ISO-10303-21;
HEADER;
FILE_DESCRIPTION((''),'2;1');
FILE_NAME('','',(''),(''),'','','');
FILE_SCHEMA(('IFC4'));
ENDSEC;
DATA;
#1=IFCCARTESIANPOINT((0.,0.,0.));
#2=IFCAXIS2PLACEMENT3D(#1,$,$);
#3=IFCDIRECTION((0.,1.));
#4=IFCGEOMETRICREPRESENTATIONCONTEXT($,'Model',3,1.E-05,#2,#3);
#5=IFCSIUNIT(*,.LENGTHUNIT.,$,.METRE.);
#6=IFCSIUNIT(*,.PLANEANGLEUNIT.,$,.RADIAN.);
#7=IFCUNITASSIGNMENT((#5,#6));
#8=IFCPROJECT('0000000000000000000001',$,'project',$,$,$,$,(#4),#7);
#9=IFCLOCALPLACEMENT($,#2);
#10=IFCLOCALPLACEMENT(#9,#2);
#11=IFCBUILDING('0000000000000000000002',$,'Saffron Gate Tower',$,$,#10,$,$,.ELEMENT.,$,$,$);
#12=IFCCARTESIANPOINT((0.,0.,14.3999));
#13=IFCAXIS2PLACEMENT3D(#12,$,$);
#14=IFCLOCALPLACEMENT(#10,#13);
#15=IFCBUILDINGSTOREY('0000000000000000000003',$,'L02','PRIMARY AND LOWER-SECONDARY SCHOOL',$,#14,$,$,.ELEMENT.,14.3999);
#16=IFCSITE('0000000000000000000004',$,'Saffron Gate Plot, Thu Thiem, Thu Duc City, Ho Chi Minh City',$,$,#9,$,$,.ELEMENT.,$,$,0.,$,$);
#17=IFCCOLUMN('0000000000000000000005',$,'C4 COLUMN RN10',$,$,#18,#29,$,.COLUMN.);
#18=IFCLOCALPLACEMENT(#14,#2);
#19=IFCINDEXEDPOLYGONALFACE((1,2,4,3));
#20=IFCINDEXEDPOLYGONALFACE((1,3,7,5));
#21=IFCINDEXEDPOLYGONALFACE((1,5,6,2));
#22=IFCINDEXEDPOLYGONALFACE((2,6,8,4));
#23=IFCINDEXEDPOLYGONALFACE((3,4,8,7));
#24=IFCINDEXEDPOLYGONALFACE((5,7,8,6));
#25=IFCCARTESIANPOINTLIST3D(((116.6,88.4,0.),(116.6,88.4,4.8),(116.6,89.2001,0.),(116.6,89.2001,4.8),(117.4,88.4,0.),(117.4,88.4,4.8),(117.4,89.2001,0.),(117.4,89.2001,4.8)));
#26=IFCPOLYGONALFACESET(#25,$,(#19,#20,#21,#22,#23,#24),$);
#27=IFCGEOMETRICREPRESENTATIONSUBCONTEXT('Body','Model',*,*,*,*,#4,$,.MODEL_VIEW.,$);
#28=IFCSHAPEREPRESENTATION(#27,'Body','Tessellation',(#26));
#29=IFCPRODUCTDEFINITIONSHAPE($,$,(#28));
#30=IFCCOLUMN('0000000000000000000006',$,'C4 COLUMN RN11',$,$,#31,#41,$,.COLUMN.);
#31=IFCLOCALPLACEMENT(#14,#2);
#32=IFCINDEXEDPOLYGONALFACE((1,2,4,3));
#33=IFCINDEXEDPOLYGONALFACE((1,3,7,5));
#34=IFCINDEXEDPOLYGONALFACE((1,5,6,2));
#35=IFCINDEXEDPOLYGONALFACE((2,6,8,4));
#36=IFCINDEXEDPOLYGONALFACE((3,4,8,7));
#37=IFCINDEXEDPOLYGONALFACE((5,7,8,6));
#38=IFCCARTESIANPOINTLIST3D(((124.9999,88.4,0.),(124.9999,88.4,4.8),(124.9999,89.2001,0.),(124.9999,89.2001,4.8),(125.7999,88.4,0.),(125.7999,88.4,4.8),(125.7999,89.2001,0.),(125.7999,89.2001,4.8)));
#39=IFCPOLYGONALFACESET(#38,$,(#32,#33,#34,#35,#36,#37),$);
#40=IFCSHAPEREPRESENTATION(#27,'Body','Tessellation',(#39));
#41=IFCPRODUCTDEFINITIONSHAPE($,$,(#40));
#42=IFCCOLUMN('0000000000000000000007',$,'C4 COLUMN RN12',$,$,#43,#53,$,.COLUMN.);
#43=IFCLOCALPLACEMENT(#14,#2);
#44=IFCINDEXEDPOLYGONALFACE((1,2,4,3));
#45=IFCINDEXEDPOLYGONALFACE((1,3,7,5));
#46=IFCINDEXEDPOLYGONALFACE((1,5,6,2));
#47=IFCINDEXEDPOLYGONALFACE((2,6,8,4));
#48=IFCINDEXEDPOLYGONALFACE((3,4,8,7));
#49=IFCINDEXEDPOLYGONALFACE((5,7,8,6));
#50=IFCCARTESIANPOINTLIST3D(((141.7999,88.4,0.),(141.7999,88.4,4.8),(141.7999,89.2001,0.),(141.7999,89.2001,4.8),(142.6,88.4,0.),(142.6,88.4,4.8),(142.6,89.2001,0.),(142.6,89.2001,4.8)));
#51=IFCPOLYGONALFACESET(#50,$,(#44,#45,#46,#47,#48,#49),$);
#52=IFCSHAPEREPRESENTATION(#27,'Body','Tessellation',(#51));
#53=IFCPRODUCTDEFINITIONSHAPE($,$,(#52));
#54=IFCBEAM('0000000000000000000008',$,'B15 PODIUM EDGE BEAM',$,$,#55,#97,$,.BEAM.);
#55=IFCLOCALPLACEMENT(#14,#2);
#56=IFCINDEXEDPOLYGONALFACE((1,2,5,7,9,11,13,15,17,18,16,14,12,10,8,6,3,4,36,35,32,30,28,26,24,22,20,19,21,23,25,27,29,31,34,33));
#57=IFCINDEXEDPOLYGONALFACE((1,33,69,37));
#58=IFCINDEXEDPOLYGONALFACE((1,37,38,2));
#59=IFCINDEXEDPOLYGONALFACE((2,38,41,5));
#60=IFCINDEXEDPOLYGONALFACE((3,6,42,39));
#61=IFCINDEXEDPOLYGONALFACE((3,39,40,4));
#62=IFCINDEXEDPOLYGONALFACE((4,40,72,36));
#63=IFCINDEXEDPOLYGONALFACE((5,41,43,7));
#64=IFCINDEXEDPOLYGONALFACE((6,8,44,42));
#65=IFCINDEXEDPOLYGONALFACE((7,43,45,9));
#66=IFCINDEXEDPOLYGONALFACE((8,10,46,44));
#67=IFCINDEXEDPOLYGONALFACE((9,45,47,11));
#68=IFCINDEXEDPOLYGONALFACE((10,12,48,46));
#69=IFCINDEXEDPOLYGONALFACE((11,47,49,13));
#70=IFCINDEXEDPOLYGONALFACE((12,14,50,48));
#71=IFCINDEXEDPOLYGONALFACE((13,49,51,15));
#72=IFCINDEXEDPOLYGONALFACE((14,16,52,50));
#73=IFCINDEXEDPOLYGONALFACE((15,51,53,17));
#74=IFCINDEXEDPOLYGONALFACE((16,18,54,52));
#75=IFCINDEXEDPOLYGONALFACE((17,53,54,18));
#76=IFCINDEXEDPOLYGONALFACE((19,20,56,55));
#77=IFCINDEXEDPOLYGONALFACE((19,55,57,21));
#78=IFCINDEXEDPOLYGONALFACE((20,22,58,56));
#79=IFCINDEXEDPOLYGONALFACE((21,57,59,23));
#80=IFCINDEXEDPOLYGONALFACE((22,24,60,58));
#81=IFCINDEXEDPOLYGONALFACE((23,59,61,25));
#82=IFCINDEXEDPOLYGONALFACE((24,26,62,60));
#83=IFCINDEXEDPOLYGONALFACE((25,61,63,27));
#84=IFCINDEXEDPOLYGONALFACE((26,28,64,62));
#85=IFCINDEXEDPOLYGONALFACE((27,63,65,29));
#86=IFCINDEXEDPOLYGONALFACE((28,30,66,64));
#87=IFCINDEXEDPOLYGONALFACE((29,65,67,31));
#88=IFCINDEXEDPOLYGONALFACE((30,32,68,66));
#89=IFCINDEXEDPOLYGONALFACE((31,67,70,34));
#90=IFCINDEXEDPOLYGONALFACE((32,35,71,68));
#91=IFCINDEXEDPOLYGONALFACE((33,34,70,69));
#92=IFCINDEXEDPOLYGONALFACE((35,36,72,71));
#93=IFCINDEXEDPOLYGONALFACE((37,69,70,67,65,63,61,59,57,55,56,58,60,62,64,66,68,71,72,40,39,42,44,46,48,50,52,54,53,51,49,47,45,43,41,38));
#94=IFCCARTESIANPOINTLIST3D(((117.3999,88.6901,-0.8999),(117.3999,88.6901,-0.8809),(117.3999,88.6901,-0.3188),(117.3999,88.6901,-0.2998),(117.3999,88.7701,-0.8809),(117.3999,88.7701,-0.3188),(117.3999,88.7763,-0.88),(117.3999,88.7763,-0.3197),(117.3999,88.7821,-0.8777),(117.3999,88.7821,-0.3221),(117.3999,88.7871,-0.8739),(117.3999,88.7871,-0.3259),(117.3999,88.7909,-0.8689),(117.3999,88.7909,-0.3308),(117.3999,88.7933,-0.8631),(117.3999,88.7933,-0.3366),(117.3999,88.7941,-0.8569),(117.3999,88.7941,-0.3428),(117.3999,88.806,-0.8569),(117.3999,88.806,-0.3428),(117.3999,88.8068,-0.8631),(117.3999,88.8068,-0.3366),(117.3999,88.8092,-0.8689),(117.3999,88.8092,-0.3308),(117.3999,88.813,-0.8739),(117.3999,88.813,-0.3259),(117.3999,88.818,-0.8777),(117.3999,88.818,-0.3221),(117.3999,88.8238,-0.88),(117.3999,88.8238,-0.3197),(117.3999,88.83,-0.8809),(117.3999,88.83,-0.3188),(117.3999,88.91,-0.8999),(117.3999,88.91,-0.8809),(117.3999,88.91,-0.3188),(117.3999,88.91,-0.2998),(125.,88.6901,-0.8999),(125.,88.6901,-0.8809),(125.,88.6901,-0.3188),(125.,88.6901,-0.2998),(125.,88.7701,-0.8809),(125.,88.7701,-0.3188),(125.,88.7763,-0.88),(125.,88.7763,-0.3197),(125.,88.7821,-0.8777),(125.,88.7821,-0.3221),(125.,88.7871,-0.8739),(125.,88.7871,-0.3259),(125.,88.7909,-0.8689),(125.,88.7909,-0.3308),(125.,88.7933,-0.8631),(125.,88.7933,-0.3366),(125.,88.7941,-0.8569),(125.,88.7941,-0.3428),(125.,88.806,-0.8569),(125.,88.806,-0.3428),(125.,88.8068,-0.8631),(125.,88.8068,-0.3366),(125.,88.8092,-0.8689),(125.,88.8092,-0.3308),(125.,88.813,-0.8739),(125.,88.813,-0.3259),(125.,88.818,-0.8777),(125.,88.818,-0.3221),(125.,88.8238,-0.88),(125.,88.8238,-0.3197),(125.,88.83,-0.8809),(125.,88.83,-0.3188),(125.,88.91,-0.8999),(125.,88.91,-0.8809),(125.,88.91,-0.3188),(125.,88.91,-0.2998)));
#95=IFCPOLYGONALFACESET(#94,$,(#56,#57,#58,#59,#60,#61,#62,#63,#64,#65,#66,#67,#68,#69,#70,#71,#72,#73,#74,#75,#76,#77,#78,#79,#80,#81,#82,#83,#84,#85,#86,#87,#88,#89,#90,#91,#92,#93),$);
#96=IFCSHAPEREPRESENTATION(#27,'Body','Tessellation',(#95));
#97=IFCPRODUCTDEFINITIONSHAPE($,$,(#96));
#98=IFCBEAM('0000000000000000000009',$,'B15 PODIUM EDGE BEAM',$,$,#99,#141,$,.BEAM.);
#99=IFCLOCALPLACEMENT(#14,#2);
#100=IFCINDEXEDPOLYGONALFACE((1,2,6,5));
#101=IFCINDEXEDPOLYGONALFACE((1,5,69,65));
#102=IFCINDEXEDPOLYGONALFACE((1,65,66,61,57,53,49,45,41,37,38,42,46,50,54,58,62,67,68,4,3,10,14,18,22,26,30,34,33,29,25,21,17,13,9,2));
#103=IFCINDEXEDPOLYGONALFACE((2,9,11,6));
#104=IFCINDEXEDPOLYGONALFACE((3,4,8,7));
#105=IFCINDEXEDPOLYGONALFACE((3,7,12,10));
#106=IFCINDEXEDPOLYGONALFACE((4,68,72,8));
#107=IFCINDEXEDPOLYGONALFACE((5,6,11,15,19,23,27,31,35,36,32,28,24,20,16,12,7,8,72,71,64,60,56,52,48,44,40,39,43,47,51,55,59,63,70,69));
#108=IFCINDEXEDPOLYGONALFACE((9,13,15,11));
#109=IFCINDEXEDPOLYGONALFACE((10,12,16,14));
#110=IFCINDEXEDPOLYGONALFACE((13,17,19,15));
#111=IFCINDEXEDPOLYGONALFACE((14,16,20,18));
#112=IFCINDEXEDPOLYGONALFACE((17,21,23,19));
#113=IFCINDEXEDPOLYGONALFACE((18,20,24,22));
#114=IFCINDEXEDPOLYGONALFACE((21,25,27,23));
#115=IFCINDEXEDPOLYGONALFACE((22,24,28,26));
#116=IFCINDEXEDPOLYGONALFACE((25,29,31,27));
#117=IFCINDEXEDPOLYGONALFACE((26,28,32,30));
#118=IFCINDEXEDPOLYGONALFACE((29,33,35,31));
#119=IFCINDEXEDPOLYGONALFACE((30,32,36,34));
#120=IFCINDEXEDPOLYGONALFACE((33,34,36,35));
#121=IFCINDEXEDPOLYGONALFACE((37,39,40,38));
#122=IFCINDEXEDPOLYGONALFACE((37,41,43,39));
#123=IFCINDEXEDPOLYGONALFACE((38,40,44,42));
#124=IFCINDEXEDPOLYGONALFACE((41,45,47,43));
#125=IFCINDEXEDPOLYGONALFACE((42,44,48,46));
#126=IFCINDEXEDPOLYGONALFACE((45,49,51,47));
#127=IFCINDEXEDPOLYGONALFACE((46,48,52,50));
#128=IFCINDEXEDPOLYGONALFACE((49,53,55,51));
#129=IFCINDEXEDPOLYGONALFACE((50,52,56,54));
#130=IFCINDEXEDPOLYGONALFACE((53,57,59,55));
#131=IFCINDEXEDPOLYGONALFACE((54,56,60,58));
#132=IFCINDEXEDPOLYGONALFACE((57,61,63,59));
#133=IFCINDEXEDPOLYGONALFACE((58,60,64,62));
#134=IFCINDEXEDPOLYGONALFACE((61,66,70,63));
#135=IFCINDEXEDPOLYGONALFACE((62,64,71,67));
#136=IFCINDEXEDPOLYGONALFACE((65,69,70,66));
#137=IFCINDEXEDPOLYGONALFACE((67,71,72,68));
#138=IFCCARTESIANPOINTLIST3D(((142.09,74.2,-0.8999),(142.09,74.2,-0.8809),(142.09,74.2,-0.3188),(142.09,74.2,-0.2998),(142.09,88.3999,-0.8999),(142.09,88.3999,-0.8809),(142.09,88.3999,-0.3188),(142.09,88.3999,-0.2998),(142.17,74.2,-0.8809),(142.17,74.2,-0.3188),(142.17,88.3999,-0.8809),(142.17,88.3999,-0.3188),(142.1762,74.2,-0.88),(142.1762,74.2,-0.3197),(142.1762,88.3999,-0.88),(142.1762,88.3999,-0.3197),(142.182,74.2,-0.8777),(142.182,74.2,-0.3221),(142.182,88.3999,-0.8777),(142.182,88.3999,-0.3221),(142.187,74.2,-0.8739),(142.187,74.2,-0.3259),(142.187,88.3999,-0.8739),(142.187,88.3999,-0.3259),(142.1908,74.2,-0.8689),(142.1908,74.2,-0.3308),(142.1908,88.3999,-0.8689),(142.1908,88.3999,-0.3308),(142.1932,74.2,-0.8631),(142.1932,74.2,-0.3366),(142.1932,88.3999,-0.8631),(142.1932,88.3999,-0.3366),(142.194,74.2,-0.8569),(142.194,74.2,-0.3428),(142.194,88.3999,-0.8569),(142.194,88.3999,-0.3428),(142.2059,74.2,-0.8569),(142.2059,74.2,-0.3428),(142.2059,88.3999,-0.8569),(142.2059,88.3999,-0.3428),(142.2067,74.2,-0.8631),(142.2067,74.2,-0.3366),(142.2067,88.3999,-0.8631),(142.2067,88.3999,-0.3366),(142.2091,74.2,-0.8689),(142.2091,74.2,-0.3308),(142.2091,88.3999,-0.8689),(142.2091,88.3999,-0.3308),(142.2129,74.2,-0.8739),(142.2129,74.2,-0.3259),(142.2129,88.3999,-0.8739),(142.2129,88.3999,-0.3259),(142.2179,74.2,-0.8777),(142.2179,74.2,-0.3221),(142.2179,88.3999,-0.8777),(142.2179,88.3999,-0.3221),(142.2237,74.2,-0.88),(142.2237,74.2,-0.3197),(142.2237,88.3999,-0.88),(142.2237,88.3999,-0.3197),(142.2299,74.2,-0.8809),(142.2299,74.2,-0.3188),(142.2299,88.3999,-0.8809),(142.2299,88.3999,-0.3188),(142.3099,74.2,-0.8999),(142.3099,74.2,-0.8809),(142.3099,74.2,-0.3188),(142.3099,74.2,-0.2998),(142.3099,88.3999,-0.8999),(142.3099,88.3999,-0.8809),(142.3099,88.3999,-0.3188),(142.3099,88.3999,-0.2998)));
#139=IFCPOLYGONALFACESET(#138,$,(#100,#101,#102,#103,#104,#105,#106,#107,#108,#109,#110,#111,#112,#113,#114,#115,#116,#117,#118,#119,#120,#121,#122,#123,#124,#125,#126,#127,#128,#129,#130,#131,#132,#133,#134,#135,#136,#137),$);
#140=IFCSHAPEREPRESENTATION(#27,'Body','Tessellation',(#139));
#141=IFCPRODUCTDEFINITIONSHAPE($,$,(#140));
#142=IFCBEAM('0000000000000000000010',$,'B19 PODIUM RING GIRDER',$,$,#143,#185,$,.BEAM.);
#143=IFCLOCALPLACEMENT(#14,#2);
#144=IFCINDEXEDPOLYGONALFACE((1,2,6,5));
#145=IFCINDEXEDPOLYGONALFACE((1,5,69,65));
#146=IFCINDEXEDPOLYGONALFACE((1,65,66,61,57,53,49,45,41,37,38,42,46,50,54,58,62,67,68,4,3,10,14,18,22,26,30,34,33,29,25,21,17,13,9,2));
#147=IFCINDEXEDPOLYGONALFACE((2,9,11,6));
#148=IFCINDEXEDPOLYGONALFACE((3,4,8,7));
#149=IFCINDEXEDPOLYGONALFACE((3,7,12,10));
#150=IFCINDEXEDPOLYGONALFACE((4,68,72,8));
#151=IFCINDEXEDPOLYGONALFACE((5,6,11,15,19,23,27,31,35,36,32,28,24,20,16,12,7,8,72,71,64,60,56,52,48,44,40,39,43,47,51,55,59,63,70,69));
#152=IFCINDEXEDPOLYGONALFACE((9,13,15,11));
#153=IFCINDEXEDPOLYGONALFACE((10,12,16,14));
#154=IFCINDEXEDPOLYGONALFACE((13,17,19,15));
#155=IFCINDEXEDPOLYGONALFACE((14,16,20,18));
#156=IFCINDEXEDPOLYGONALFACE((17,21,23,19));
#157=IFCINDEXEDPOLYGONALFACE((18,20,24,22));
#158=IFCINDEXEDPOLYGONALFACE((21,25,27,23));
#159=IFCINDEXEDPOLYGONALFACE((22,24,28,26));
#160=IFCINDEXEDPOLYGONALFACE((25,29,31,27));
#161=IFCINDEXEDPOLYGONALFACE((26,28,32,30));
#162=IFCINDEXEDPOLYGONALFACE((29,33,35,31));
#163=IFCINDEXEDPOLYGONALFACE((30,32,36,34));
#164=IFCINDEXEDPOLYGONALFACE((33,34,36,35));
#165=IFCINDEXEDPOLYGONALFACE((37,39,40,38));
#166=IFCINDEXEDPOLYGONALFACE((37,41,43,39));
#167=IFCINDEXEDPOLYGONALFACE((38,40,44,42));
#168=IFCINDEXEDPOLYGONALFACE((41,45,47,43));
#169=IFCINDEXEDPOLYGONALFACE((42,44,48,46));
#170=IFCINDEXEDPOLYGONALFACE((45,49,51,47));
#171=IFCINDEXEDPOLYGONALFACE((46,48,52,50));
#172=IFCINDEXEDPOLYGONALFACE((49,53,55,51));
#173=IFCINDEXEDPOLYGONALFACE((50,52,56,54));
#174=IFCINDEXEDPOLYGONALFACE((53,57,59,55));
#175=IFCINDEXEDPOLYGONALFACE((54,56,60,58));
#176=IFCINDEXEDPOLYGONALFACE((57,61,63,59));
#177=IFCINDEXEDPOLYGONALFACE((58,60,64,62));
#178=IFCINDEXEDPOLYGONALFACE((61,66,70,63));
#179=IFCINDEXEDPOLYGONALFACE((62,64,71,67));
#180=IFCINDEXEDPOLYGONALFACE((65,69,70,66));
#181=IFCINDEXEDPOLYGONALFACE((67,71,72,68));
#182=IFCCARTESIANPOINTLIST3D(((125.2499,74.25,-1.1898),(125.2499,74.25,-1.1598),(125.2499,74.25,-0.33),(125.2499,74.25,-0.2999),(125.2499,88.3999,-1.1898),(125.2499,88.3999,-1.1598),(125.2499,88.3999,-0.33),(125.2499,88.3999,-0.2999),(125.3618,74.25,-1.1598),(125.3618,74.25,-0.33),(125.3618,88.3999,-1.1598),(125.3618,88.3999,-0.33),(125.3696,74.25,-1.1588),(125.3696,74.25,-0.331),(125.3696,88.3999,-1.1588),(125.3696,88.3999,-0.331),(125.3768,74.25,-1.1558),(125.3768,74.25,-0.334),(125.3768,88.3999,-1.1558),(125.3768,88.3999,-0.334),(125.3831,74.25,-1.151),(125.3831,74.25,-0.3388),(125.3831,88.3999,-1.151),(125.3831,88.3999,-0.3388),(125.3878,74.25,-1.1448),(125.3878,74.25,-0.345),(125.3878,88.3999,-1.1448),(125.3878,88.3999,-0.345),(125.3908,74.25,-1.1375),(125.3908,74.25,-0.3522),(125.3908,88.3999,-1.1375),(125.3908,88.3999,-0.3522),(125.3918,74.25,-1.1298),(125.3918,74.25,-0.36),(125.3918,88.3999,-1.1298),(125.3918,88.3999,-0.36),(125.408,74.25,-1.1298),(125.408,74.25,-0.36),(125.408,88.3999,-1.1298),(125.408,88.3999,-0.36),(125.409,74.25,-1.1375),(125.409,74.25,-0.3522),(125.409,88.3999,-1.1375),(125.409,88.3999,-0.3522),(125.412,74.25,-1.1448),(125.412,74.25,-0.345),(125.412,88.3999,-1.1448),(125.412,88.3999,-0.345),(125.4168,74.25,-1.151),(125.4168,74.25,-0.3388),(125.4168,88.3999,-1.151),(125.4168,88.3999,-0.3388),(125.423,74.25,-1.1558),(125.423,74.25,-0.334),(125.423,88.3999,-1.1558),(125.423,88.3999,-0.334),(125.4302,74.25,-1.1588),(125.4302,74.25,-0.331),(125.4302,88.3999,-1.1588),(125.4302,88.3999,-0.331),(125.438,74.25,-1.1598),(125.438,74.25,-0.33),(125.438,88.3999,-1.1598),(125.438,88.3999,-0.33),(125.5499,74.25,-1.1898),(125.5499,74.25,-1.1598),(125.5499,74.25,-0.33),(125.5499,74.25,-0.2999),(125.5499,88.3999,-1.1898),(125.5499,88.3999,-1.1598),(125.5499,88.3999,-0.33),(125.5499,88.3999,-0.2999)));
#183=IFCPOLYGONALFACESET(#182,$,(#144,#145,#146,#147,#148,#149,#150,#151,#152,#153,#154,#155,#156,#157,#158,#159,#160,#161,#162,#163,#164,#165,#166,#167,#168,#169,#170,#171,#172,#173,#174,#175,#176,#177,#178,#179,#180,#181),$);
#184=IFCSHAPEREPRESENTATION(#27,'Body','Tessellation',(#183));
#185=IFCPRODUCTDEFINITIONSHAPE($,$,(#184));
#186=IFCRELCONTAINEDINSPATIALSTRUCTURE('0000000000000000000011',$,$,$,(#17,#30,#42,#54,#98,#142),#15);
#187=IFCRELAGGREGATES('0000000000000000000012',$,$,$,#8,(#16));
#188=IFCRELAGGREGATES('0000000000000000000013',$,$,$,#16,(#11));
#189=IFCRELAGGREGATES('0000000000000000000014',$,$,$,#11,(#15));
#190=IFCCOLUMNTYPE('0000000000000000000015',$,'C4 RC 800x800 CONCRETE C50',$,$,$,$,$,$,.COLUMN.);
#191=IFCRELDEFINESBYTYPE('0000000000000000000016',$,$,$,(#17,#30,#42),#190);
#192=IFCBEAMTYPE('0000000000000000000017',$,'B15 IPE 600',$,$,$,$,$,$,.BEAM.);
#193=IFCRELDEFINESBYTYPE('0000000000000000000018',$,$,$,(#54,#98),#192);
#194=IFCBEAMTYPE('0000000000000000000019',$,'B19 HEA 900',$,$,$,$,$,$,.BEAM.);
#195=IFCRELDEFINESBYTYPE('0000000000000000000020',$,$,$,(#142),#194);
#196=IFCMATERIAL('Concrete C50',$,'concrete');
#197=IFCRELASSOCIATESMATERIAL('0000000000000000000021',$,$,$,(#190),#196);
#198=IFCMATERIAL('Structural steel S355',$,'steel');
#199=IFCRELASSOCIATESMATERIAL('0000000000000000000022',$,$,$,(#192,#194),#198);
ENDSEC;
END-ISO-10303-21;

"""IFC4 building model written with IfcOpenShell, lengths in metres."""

from ifc_helpers import new_model, si_unit, direction, frame, origin, origin_2d, place, context, subcontext, project, spatial, rectangle, i_section, extrude, material, material_profile, profile_set, type_object, element, save


model = new_model("IFC4")

# Units and contexts
model_context = context("Model", 3, precision=1e-05, world=origin(), true_north=direction((0.0, 1.0)))
body_context = subcontext(model_context, "Body", "Model", "MODEL_VIEW")
ifc_project = project(units=[si_unit("LENGTHUNIT", "METRE"), si_unit("PLANEANGLEUNIT", "RADIAN")], contexts=[model_context])

# Site, building, storey
site_placement = place(None, origin())
site = spatial("IfcSite", under=ifc_project, at=site_placement, Name="Saffron Gate Plot, Thu Thiem, Thu Duc City, Ho Chi Minh City", CompositionType="ELEMENT", RefElevation=0.0)
building_placement = place(site_placement, origin())
building = spatial("IfcBuilding", under=site, at=building_placement, Name="Saffron Gate Tower", CompositionType="ELEMENT")
storey_placement = place(building_placement, frame((0.0, 0.0, 14.3999)))
storey = spatial("IfcBuildingStorey", under=building, at=storey_placement, Name="L02", Description="PRIMARY AND LOWER-SECONDARY SCHOOL", CompositionType="ELEMENT", Elevation=14.3999)

# Columns
ifc_material_1 = material(Name="Concrete C50", Category="concrete")
ifc_material_profile_1 = material_profile(ifc_material_1, rectangle(XDim=0.8, YDim=0.8, at=origin_2d()))
ifc_profile_set_1 = profile_set([ifc_material_profile_1], Name="Concrete C50")
column_type = type_object("IfcColumnType", Name="C4 RC 800x800 CONCRETE C50", PredefinedType="COLUMN", material=ifc_profile_set_1)
for number, where, z_axis, x_axis, name in (
    (1, (117.0, 88.8, 0.0), (0.0, 0.0, 1.0), (1.0, 0.0, 0.0), "C4 COLUMN RN10"),
    (2, (125.3999, 88.8, 0.0), (0.0, 0.0, 1.0), (1.0, 0.0, 0.0), "C4 COLUMN RN11"),
    (3, (142.2, 88.8, 0.0), (0.0, 0.0, 1.0), (1.0, 0.0, 0.0), "C4 COLUMN RN12"),
):
    element("IfcColumn", number, at=place(storey_placement, frame(where, z_axis=z_axis, x_axis=x_axis)), inside=storey, type_object=column_type, Name=name, PredefinedType="COLUMN", context=body_context, shape_type="SweptSolid", body=[
        extrude(rectangle(XDim=0.8, YDim=0.8, at=origin_2d()), origin(), (0.0, 0.0, 1.0), 4.8),
    ])

# Beams
ifc_material_2 = material(Name="Structural steel S355", Category="steel")
ifc_material_profile_2 = material_profile(ifc_material_2, i_section(OverallWidth=0.22, OverallDepth=0.6001, WebThickness=0.012, FlangeThickness=0.019, FilletRadius=0.0239, at=origin_2d()))
ifc_profile_set_2 = profile_set([ifc_material_profile_2], Name="Structural steel S355")
beam_type_1 = type_object("IfcBeamType", Name="B15 IPE 600", PredefinedType="BEAM", material=ifc_profile_set_2)
beam_1_placement = place(storey_placement, frame((117.3999, 88.8, -0.5999), z_axis=(1.0, 0.0, 0.0), x_axis=(0.0, 1.0, 0.0)))
element("IfcBeam", 4, at=beam_1_placement, inside=storey, type_object=beam_type_1, Name="B15 PODIUM EDGE BEAM", PredefinedType="BEAM", context=body_context, shape_type="SweptSolid", body=[
    extrude(i_section(OverallWidth=0.22, OverallDepth=0.6001, WebThickness=0.012, FlangeThickness=0.019, FilletRadius=0.0239, at=origin_2d()), origin(), (0.0, 0.0, 1.0), 7.6001),
])
beam_2_placement = place(storey_placement, frame((142.2, 74.2, -0.5999), z_axis=(0.0, 1.0, 0.0), x_axis=(-1.0, 0.0, 0.0)))
element("IfcBeam", 5, at=beam_2_placement, inside=storey, type_object=beam_type_1, Name="B15 PODIUM EDGE BEAM", PredefinedType="BEAM", context=body_context, shape_type="SweptSolid", body=[
    extrude(i_section(OverallWidth=0.22, OverallDepth=0.6001, WebThickness=0.012, FlangeThickness=0.019, FilletRadius=0.0239, at=origin_2d()), origin(), (0.0, 0.0, 1.0), 14.2),
])
ifc_material_profile_3 = material_profile(ifc_material_2, i_section(OverallWidth=0.3, OverallDepth=0.8899, WebThickness=0.0161, FlangeThickness=0.03, FilletRadius=0.03, at=origin_2d()))
ifc_profile_set_3 = profile_set([ifc_material_profile_3], Name="Structural steel S355")
beam_type_2 = type_object("IfcBeamType", Name="B19 HEA 900", PredefinedType="BEAM", material=ifc_profile_set_3)
beam_3_placement = place(storey_placement, frame((125.3999, 88.3999, -0.7449), z_axis=(0.0, -1.0, 0.0), x_axis=(1.0, 0.0, 0.0)))
element("IfcBeam", 6, at=beam_3_placement, inside=storey, type_object=beam_type_2, Name="B19 PODIUM RING GIRDER", PredefinedType="BEAM", context=body_context, shape_type="SweptSolid", body=[
    extrude(i_section(OverallWidth=0.3, OverallDepth=0.8899, WebThickness=0.0161, FlangeThickness=0.03, FilletRadius=0.03, at=origin_2d()), origin(), (0.0, 0.0, 1.0), 14.1499),
])

save(model, "model.ifc")
